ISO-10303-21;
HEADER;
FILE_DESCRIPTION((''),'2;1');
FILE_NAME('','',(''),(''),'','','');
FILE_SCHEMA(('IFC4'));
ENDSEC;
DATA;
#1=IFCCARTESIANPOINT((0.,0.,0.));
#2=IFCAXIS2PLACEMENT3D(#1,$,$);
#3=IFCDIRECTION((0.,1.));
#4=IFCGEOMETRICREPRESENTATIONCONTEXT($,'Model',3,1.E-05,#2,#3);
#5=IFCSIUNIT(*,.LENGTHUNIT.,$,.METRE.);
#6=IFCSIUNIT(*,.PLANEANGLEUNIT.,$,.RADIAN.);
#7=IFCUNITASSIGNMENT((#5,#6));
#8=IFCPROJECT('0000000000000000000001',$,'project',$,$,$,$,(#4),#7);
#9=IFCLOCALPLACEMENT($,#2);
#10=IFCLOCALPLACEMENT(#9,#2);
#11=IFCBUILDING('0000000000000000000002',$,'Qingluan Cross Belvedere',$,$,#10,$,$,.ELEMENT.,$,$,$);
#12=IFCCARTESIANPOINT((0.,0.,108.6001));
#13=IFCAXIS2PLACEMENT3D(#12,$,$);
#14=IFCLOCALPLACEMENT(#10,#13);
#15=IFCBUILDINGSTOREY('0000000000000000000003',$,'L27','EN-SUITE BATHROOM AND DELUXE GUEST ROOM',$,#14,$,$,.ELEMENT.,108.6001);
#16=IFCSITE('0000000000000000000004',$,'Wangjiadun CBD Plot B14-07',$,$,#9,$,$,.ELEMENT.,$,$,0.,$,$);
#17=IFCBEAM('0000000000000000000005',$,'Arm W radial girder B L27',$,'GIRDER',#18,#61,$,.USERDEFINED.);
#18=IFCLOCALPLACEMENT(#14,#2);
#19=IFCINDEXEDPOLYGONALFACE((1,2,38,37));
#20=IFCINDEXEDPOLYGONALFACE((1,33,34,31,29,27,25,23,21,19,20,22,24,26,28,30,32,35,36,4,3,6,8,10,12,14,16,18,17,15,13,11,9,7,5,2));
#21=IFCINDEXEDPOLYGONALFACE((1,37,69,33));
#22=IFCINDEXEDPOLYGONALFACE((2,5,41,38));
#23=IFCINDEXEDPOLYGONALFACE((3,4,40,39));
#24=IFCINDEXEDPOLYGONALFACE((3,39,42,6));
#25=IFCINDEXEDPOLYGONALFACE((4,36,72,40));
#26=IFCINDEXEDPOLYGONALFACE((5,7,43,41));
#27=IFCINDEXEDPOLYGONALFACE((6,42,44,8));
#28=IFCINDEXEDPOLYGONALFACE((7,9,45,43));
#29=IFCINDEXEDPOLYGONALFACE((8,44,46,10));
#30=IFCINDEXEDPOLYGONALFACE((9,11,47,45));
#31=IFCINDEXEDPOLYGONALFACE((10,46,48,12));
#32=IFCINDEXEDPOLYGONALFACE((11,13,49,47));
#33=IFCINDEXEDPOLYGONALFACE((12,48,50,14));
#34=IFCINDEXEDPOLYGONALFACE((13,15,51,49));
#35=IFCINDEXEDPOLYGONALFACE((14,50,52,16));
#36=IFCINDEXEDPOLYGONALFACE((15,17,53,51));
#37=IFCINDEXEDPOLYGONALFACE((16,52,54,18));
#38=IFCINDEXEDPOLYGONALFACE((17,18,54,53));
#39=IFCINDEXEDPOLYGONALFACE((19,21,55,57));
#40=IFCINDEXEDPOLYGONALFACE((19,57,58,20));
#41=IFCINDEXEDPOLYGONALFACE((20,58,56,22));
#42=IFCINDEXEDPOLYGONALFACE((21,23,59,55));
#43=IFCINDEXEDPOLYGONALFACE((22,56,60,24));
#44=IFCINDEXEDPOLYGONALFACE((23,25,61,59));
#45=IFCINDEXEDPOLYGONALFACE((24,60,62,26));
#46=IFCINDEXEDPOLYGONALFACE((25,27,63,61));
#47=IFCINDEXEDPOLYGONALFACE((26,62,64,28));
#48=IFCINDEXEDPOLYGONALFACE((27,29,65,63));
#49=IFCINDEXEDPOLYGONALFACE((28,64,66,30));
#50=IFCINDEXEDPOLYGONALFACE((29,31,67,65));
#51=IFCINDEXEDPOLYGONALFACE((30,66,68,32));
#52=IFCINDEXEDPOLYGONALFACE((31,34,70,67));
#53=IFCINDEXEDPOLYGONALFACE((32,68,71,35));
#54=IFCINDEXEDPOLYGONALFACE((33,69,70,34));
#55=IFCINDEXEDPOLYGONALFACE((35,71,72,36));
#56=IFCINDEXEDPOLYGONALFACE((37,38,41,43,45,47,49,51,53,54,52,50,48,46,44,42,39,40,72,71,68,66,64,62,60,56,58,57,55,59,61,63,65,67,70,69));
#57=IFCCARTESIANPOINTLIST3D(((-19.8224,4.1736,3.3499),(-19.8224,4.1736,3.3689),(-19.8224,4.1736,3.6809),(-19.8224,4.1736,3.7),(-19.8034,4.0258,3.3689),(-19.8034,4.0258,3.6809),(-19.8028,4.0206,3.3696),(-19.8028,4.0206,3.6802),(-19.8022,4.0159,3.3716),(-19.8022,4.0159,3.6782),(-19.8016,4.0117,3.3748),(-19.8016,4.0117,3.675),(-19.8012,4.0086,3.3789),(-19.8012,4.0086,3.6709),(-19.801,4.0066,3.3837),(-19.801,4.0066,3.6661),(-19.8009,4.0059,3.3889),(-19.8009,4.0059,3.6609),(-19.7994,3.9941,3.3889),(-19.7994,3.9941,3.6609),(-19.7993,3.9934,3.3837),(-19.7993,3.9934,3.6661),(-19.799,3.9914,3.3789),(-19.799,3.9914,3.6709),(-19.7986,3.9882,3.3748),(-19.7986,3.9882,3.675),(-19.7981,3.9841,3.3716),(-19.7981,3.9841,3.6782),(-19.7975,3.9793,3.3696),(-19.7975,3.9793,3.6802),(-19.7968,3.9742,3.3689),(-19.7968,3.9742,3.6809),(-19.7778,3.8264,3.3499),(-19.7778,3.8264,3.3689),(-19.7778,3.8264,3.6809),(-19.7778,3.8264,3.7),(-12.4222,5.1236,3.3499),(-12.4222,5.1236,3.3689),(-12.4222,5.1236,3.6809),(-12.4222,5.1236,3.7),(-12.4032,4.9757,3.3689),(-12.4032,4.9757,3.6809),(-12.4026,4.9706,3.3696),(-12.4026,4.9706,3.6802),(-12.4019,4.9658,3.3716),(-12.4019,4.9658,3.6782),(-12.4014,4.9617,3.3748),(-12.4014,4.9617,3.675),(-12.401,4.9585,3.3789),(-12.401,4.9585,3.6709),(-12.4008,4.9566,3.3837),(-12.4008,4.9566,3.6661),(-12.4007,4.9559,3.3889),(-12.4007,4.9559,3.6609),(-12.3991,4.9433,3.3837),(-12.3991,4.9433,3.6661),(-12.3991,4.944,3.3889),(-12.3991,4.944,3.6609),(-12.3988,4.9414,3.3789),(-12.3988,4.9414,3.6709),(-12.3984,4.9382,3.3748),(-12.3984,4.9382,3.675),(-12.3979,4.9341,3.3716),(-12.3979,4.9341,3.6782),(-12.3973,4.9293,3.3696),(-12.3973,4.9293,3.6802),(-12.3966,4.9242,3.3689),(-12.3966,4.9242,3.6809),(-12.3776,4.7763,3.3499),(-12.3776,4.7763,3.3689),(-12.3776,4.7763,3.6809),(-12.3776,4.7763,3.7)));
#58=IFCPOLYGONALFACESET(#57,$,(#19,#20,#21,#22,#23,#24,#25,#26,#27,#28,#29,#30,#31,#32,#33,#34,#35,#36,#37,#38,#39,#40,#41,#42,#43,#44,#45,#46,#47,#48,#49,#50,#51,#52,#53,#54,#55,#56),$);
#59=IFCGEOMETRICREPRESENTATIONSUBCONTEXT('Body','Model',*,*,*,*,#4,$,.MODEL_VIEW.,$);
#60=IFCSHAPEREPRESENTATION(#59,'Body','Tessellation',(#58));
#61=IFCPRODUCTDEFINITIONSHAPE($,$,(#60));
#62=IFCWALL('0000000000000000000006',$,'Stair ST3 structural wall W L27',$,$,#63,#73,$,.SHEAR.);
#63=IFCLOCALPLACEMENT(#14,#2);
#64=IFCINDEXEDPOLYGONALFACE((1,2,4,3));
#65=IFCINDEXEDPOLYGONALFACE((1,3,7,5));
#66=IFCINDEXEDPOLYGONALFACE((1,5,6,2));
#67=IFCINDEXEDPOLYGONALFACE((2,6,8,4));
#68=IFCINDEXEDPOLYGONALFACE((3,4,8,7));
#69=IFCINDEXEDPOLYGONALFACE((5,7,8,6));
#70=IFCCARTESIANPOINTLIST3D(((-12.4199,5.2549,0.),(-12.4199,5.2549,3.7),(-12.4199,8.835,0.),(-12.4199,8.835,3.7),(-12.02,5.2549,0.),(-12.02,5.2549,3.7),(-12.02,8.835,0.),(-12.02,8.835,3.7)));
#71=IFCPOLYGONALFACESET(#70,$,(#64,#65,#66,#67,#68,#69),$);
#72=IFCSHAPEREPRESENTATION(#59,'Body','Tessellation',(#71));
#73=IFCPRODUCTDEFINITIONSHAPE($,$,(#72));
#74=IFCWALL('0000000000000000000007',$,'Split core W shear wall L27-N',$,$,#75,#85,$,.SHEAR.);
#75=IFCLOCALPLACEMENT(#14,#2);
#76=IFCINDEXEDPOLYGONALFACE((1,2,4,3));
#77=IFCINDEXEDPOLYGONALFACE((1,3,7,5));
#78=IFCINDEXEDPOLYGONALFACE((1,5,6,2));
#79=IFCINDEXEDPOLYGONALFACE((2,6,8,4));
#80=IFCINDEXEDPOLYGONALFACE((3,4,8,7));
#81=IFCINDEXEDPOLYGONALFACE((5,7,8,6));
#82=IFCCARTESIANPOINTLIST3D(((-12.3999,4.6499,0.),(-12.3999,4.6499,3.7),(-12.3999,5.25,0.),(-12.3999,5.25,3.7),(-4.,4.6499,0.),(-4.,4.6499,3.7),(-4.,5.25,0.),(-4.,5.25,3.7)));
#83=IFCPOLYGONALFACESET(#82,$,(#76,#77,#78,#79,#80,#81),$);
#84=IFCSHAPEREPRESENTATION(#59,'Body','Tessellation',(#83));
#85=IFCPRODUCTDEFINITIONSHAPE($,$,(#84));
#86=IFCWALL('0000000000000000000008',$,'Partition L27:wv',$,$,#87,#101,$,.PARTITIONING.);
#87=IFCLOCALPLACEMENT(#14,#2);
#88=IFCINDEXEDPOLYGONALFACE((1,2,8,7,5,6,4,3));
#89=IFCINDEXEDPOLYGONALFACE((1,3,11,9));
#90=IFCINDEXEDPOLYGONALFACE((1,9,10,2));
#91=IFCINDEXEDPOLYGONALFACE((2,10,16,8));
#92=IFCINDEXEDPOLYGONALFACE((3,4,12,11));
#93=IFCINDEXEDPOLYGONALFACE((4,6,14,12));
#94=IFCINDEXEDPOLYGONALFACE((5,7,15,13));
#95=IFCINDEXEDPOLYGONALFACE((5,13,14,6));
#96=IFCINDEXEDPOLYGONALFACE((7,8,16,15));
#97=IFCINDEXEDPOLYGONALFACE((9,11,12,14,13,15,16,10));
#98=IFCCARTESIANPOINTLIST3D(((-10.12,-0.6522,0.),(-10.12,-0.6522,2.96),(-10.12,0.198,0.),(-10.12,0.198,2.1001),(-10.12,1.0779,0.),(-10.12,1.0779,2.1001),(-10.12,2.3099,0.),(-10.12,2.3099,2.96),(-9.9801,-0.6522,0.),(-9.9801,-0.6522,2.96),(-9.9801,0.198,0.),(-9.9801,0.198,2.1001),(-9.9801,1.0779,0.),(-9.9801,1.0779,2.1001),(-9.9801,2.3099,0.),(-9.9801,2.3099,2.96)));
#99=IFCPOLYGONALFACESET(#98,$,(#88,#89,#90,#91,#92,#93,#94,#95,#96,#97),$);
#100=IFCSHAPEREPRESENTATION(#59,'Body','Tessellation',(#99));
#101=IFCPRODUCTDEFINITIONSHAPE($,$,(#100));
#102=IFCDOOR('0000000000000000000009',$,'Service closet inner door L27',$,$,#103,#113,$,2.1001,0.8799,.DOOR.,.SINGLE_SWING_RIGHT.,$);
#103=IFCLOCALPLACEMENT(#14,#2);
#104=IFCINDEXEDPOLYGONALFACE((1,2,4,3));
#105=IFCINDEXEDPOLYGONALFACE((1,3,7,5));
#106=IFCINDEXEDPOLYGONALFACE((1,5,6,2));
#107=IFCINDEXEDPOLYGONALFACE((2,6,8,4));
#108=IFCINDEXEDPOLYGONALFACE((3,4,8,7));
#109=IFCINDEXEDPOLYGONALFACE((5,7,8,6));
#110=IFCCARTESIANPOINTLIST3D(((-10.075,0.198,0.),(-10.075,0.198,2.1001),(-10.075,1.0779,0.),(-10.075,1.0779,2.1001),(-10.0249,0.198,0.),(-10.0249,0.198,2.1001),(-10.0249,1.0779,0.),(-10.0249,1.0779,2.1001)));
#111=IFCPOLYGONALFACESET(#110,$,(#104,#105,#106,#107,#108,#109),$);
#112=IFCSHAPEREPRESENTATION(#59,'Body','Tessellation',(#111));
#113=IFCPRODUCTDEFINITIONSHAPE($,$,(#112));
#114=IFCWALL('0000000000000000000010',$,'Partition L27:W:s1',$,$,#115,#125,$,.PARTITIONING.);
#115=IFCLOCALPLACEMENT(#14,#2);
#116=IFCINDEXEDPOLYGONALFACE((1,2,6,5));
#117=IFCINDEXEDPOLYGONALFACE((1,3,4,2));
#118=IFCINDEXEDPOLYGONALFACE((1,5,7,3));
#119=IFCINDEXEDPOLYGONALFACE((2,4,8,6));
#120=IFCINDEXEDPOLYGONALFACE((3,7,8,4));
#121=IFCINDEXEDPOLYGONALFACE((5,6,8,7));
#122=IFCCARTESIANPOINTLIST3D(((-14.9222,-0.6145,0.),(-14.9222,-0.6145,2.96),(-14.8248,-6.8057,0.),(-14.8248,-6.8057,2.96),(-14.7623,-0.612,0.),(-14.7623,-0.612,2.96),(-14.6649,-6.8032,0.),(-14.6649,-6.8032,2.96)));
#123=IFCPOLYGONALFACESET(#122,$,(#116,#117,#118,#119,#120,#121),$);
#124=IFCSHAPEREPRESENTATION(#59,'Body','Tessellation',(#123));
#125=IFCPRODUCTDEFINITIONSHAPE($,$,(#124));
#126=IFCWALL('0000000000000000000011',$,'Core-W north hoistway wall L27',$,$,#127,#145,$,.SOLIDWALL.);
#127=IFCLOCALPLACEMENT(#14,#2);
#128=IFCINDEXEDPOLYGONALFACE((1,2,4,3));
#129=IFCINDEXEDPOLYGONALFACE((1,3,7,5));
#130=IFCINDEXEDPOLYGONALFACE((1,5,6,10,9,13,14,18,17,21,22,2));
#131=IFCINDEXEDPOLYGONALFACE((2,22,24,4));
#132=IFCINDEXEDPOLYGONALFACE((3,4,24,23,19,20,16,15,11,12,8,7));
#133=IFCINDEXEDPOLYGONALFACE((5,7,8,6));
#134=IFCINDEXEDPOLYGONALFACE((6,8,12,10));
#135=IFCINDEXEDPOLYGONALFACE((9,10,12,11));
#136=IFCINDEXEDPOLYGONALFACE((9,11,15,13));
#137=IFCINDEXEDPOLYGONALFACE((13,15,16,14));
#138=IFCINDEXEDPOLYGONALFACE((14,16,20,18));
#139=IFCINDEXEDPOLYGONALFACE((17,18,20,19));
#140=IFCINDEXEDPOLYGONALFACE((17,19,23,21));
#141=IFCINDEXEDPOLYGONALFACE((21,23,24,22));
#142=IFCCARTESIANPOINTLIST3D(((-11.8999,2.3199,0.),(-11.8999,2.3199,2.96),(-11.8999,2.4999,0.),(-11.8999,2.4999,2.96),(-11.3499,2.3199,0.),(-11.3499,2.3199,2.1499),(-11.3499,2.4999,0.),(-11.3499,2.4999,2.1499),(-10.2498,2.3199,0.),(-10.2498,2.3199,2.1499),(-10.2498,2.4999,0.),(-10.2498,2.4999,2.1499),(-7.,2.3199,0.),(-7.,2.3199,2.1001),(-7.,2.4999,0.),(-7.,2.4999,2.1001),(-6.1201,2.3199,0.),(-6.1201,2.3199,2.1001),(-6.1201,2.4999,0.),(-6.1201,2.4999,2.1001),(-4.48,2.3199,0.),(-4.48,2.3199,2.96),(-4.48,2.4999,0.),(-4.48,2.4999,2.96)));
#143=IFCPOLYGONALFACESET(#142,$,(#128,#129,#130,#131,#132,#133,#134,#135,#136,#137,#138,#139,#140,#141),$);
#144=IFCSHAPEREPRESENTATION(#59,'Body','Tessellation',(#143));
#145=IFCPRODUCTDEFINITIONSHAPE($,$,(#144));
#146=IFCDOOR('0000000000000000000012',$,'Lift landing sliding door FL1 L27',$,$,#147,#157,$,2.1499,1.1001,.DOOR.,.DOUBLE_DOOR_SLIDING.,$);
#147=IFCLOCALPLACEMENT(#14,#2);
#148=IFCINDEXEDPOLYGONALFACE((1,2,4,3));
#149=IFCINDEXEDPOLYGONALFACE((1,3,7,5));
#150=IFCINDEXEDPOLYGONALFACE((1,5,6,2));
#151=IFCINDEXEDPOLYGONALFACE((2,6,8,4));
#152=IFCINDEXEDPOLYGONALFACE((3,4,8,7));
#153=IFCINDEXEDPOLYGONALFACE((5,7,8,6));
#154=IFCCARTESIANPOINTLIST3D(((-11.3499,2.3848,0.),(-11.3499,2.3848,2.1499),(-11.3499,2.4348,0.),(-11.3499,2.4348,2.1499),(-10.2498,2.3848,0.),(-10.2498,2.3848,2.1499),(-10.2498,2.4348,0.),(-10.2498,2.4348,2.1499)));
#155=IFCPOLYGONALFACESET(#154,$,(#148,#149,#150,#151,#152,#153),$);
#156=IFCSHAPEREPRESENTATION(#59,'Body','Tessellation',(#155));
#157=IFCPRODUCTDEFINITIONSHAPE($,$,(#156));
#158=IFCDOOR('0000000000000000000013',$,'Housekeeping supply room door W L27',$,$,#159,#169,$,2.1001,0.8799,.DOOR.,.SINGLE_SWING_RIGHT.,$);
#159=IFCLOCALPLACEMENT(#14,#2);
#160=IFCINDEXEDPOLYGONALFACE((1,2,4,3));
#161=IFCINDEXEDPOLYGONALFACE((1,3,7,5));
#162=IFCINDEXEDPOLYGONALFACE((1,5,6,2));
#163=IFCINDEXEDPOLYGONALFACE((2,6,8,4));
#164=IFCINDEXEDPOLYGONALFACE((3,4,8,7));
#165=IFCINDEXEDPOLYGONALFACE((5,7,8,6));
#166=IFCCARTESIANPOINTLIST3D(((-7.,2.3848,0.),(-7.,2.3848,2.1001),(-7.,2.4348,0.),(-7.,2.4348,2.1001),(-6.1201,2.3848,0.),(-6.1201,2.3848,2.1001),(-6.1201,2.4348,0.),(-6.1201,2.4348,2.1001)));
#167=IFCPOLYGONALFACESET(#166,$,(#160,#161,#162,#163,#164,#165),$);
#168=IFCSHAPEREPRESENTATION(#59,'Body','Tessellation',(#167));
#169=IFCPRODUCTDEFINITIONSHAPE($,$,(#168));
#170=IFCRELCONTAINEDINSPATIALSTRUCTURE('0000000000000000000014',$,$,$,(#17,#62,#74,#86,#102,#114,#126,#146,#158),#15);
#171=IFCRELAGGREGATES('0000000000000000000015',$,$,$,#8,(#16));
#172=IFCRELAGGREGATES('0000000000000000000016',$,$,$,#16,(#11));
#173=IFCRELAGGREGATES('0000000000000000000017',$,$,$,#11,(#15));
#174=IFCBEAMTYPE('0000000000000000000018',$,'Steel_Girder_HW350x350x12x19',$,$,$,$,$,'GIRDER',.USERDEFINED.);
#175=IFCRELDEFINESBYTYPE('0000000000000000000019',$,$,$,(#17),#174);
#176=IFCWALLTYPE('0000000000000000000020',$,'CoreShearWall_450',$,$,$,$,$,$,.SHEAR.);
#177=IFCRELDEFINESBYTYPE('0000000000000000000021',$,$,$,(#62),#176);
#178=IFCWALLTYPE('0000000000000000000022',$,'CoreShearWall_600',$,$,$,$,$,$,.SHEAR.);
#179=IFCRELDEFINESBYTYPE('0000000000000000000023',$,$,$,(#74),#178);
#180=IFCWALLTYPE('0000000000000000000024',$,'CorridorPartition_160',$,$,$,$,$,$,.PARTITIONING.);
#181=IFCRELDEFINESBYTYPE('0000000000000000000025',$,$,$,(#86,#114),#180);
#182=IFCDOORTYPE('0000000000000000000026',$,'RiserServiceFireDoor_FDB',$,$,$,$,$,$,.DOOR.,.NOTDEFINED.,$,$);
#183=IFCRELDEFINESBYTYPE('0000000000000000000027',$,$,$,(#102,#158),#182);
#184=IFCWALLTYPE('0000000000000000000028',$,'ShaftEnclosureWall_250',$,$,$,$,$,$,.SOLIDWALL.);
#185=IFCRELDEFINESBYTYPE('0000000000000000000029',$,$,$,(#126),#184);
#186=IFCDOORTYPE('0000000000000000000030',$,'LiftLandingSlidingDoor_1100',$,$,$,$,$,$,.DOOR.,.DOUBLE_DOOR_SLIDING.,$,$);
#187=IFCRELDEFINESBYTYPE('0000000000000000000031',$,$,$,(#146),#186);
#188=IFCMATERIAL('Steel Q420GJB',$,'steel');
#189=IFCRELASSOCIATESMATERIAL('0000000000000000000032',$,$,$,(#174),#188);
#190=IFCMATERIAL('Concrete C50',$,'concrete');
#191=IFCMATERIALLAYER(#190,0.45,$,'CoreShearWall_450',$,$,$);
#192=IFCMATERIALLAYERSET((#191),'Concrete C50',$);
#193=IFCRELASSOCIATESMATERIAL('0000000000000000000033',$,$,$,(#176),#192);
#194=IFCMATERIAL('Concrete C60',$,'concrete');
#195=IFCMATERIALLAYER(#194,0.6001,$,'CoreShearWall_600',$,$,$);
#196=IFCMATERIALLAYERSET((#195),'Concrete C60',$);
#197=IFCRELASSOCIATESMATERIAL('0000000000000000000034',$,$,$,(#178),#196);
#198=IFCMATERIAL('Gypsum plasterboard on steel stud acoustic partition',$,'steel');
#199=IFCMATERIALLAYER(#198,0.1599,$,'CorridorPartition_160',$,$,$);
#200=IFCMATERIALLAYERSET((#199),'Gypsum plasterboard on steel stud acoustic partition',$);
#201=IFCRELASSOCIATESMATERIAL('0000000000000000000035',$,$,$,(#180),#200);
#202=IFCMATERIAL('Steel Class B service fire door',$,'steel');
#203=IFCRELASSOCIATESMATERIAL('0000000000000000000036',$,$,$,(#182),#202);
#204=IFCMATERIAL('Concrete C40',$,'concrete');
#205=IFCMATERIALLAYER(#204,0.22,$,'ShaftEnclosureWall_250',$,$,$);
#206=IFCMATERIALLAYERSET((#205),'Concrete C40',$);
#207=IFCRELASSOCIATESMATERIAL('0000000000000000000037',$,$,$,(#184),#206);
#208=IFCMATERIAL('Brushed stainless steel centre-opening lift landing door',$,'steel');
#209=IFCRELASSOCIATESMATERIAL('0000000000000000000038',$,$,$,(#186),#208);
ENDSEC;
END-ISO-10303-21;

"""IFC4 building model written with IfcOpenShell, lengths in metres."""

from ifc_helpers import new_model, si_unit, direction, frame, frame_2d, origin, origin_2d, place, context, subcontext, project, spatial, rectangle, i_section, extrude, material, layer, layer_set, material_profile, profile_set, type_object, element, fill, save


model = new_model("IFC4")

# Units and contexts
model_context = context("Model", 3, precision=1e-05, world=origin(), true_north=direction((0.0, 1.0)))
body_context = subcontext(model_context, "Body", "Model", "MODEL_VIEW")
ifc_project = project(units=[si_unit("LENGTHUNIT", "METRE"), si_unit("PLANEANGLEUNIT", "RADIAN")], contexts=[model_context])

# Site, building, storey
site_placement = place(None, origin())
site = spatial("IfcSite", under=ifc_project, at=site_placement, Name="Wangjiadun CBD Plot B14-07", CompositionType="ELEMENT", RefElevation=0.0)
building_placement = place(site_placement, origin())
building = spatial("IfcBuilding", under=site, at=building_placement, Name="Qingluan Cross Belvedere", CompositionType="ELEMENT")
storey_placement = place(building_placement, frame((0.0, 0.0, 108.6001)))
storey = spatial("IfcBuildingStorey", under=building, at=storey_placement, Name="L27", Description="EN-SUITE BATHROOM AND DELUXE GUEST ROOM", CompositionType="ELEMENT", Elevation=108.6001)

# Beam
ifc_material_1 = material(Name="Steel Q420GJB", Category="steel")
ifc_material_profile_1 = material_profile(ifc_material_1, i_section(OverallWidth=0.3501, OverallDepth=0.3501, WebThickness=0.012, FlangeThickness=0.019, FilletRadius=0.02, at=origin_2d()), Name="HW350x350x12x19")
ifc_profile_set_1 = profile_set([ifc_material_profile_1], Name="Steel Q420GJB")
beam_type_1 = type_object("IfcBeamType", Name="Steel_Girder_HW350x350x12x19", ElementType="GIRDER", PredefinedType="USERDEFINED", material=ifc_profile_set_1)
beam_1_placement = place(storey_placement, frame((-12.3999, 4.95, 3.5249), z_axis=(-0.991861, -0.127324, 0.0), x_axis=(0.127324, -0.991861, 0.0)))
element("IfcBeam", 1, at=beam_1_placement, inside=storey, type_object=beam_type_1, Name="Arm W radial girder B L27", ObjectType="GIRDER", PredefinedType="USERDEFINED", context=body_context, shape_type="SweptSolid", body=[
    extrude(i_section(OverallWidth=0.3501, OverallDepth=0.3501, WebThickness=0.012, FlangeThickness=0.019, FilletRadius=0.02, at=origin_2d()), origin(), (0.0, 0.0, 1.0), 7.4609),
])

# Wall
ifc_material_2 = material(Name="Concrete C50", Category="concrete")
ifc_layer_1 = layer(ifc_material_2, 0.45, Name="CoreShearWall_450")
ifc_layer_set_1 = layer_set([ifc_layer_1], Name="Concrete C50")
wall_type_1 = type_object("IfcWallType", Name="CoreShearWall_450", PredefinedType="SHEAR", material=ifc_layer_set_1)
wall_1_placement = place(storey_placement, frame((-12.22, 5.2549, 0.0), z_axis=(0.0, 0.0, 1.0), x_axis=(0.0, 1.0, 0.0)))
element("IfcWall", 2, at=wall_1_placement, inside=storey, type_object=wall_type_1, Name="Stair ST3 structural wall W L27", PredefinedType="SHEAR", context=body_context, shape_type="SweptSolid", body=[
    extrude(rectangle(XDim=3.5801, YDim=0.3999, at=frame_2d((1.79, 0.0))), origin(), (0.0, 0.0, 1.0), 3.7),
])

# Wall
ifc_material_3 = material(Name="Concrete C60", Category="concrete")
ifc_layer_2 = layer(ifc_material_3, 0.6001, Name="CoreShearWall_600")
ifc_layer_set_2 = layer_set([ifc_layer_2], Name="Concrete C60")
wall_type_2 = type_object("IfcWallType", Name="CoreShearWall_600", PredefinedType="SHEAR", material=ifc_layer_set_2)
wall_2_placement = place(storey_placement, frame((-12.3999, 4.95, 0.0), z_axis=(0.0, 0.0, 1.0), x_axis=(1.0, 0.0, 0.0)))
element("IfcWall", 3, at=wall_2_placement, inside=storey, type_object=wall_type_2, Name="Split core W shear wall L27-N", PredefinedType="SHEAR", context=body_context, shape_type="SweptSolid", body=[
    extrude(rectangle(XDim=8.3999, YDim=0.6001, at=frame_2d((4.2, 0.0))), origin(), (0.0, 0.0, 1.0), 3.7),
])

# Wall, opening, door
ifc_material_4 = material(Name="Gypsum plasterboard on steel stud acoustic partition", Category="steel")
ifc_layer_3 = layer(ifc_material_4, 0.1599, Name="CorridorPartition_160")
ifc_layer_set_3 = layer_set([ifc_layer_3], Name="Gypsum plasterboard on steel stud acoustic partition")
wall_type_3 = type_object("IfcWallType", Name="CorridorPartition_160", PredefinedType="PARTITIONING", material=ifc_layer_set_3)
wall_3_placement = place(storey_placement, frame((-10.05, -0.6521, 0.0), z_axis=(0.0, 0.0, 1.0), x_axis=(0.0, 1.0, 0.0)))
wall_3 = element("IfcWall", 4, at=wall_3_placement, inside=storey, type_object=wall_type_3, Name="Partition L27:wv", PredefinedType="PARTITIONING", context=body_context, shape_type="SweptSolid", body=[
    extrude(rectangle(XDim=2.9622, YDim=0.1399, at=frame_2d((1.481, 0.0))), origin(), (0.0, 0.0, 1.0), 2.96),
])
opening_1_placement = place(wall_3_placement, frame((0.8501, 0.0, 0.0)))
opening_1 = element("IfcOpeningElement", 5, at=opening_1_placement, cuts=wall_3, PredefinedType="OPENING", context=body_context, shape_type="SweptSolid", body=[
    extrude(rectangle(XDim=0.8799, YDim=2.1001, at=frame_2d((0.4399, 1.05))), frame((0.0, 0.0798, 0.0), z_axis=(0.0, -1.0, 0.0), x_axis=(1.0, 0.0, 0.0)), (0.0, 0.0, 1.0), 0.1599),
])
ifc_material_5 = material(Name="Steel Class B service fire door", Category="steel")
door_type_1 = type_object("IfcDoorType", Name="RiserServiceFireDoor_FDB", OperationType="NOTDEFINED", PredefinedType="DOOR", material=ifc_material_5)
door_1_placement = place(opening_1_placement, origin())
door_1 = element("IfcDoor", 6, at=door_1_placement, inside=storey, type_object=door_type_1, Name="Service closet inner door L27", OperationType="SINGLE_SWING_RIGHT", OverallHeight=2.1001, OverallWidth=0.8799, PredefinedType="DOOR", context=body_context, shape_type="SweptSolid", body=[
    extrude(rectangle(XDim=0.8799, YDim=2.1001, at=frame_2d((0.4399, 1.05))), frame((0.0, 0.0249, 0.0), z_axis=(0.0, -1.0, 0.0), x_axis=(1.0, 0.0, 0.0)), (0.0, 0.0, 1.0), 0.05),
])
fill(opening_1, door_1)

# Wall
wall_4_placement = place(storey_placement, frame((-14.8423, -0.6133, 0.0), z_axis=(0.0, 0.0, 1.0), x_axis=(0.015732, -0.999876, 0.0)))
element("IfcWall", 7, at=wall_4_placement, inside=storey, type_object=wall_type_3, Name="Partition L27:W:s1", PredefinedType="PARTITIONING", context=body_context, shape_type="SweptSolid", body=[
    extrude(rectangle(XDim=6.1919, YDim=0.1599, at=frame_2d((3.0959, 0.0))), origin(), (0.0, 0.0, 1.0), 2.96),
])

# Wall, openings, doors
ifc_material_6 = material(Name="Concrete C40", Category="concrete")
ifc_layer_4 = layer(ifc_material_6, 0.22, Name="ShaftEnclosureWall_250")
ifc_layer_set_4 = layer_set([ifc_layer_4], Name="Concrete C40")
wall_type_4 = type_object("IfcWallType", Name="ShaftEnclosureWall_250", PredefinedType="SOLIDWALL", material=ifc_layer_set_4)
wall_5_placement = place(storey_placement, frame((-11.8999, 2.4099, 0.0), z_axis=(0.0, 0.0, 1.0), x_axis=(1.0, 0.0, 0.0)))
wall_5 = element("IfcWall", 8, at=wall_5_placement, inside=storey, type_object=wall_type_4, Name="Core-W north hoistway wall L27", PredefinedType="SOLIDWALL", context=body_context, shape_type="SweptSolid", body=[
    extrude(rectangle(XDim=7.4199, YDim=0.1799, at=frame_2d((3.71, 0.0))), origin(), (0.0, 0.0, 1.0), 2.96),
])
opening_2_placement = place(wall_5_placement, frame((0.55, 0.0, 0.0)))
opening_2 = element("IfcOpeningElement", 9, at=opening_2_placement, cuts=wall_5, PredefinedType="OPENING", context=body_context, shape_type="SweptSolid", body=[
    extrude(rectangle(XDim=1.1001, YDim=2.1499, at=frame_2d((0.55, 1.075))), frame((0.0, 0.0999, 0.0), z_axis=(0.0, -1.0, 0.0), x_axis=(1.0, 0.0, 0.0)), (0.0, 0.0, 1.0), 0.2),
])
opening_3_placement = place(wall_5_placement, frame((4.8999, 0.0, 0.0)))
opening_3 = element("IfcOpeningElement", 10, at=opening_3_placement, cuts=wall_5, PredefinedType="OPENING", context=body_context, shape_type="SweptSolid", body=[
    extrude(rectangle(XDim=0.8799, YDim=2.1001, at=frame_2d((0.4399, 1.05))), frame((0.0, 0.0999, 0.0), z_axis=(0.0, -1.0, 0.0), x_axis=(1.0, 0.0, 0.0)), (0.0, 0.0, 1.0), 0.2),
])
ifc_material_7 = material(Name="Brushed stainless steel centre-opening lift landing door", Category="steel")
door_type_2 = type_object("IfcDoorType", Name="LiftLandingSlidingDoor_1100", OperationType="DOUBLE_DOOR_SLIDING", PredefinedType="DOOR", material=ifc_material_7)
door_2_placement = place(opening_2_placement, origin())
door_2 = element("IfcDoor", 11, at=door_2_placement, inside=storey, type_object=door_type_2, Name="Lift landing sliding door FL1 L27", OperationType="DOUBLE_DOOR_SLIDING", OverallHeight=2.1499, OverallWidth=1.1001, PredefinedType="DOOR", context=body_context, shape_type="SweptSolid", body=[
    extrude(rectangle(XDim=1.1001, YDim=2.1499, at=frame_2d((0.55, 1.075))), frame((0.0, 0.0249, 0.0), z_axis=(0.0, -1.0, 0.0), x_axis=(1.0, 0.0, 0.0)), (0.0, 0.0, 1.0), 0.05),
])
fill(opening_2, door_2)
door_3_placement = place(opening_3_placement, origin())
door_3 = element("IfcDoor", 12, at=door_3_placement, inside=storey, type_object=door_type_1, Name="Housekeeping supply room door W L27", OperationType="SINGLE_SWING_RIGHT", OverallHeight=2.1001, OverallWidth=0.8799, PredefinedType="DOOR", context=body_context, shape_type="SweptSolid", body=[
    extrude(rectangle(XDim=0.8799, YDim=2.1001, at=frame_2d((0.4399, 1.05))), frame((0.0, 0.0249, 0.0), z_axis=(0.0, -1.0, 0.0), x_axis=(1.0, 0.0, 0.0)), (0.0, 0.0, 1.0), 0.05),
])
fill(opening_3, door_3)

save(model, "model.ifc")
